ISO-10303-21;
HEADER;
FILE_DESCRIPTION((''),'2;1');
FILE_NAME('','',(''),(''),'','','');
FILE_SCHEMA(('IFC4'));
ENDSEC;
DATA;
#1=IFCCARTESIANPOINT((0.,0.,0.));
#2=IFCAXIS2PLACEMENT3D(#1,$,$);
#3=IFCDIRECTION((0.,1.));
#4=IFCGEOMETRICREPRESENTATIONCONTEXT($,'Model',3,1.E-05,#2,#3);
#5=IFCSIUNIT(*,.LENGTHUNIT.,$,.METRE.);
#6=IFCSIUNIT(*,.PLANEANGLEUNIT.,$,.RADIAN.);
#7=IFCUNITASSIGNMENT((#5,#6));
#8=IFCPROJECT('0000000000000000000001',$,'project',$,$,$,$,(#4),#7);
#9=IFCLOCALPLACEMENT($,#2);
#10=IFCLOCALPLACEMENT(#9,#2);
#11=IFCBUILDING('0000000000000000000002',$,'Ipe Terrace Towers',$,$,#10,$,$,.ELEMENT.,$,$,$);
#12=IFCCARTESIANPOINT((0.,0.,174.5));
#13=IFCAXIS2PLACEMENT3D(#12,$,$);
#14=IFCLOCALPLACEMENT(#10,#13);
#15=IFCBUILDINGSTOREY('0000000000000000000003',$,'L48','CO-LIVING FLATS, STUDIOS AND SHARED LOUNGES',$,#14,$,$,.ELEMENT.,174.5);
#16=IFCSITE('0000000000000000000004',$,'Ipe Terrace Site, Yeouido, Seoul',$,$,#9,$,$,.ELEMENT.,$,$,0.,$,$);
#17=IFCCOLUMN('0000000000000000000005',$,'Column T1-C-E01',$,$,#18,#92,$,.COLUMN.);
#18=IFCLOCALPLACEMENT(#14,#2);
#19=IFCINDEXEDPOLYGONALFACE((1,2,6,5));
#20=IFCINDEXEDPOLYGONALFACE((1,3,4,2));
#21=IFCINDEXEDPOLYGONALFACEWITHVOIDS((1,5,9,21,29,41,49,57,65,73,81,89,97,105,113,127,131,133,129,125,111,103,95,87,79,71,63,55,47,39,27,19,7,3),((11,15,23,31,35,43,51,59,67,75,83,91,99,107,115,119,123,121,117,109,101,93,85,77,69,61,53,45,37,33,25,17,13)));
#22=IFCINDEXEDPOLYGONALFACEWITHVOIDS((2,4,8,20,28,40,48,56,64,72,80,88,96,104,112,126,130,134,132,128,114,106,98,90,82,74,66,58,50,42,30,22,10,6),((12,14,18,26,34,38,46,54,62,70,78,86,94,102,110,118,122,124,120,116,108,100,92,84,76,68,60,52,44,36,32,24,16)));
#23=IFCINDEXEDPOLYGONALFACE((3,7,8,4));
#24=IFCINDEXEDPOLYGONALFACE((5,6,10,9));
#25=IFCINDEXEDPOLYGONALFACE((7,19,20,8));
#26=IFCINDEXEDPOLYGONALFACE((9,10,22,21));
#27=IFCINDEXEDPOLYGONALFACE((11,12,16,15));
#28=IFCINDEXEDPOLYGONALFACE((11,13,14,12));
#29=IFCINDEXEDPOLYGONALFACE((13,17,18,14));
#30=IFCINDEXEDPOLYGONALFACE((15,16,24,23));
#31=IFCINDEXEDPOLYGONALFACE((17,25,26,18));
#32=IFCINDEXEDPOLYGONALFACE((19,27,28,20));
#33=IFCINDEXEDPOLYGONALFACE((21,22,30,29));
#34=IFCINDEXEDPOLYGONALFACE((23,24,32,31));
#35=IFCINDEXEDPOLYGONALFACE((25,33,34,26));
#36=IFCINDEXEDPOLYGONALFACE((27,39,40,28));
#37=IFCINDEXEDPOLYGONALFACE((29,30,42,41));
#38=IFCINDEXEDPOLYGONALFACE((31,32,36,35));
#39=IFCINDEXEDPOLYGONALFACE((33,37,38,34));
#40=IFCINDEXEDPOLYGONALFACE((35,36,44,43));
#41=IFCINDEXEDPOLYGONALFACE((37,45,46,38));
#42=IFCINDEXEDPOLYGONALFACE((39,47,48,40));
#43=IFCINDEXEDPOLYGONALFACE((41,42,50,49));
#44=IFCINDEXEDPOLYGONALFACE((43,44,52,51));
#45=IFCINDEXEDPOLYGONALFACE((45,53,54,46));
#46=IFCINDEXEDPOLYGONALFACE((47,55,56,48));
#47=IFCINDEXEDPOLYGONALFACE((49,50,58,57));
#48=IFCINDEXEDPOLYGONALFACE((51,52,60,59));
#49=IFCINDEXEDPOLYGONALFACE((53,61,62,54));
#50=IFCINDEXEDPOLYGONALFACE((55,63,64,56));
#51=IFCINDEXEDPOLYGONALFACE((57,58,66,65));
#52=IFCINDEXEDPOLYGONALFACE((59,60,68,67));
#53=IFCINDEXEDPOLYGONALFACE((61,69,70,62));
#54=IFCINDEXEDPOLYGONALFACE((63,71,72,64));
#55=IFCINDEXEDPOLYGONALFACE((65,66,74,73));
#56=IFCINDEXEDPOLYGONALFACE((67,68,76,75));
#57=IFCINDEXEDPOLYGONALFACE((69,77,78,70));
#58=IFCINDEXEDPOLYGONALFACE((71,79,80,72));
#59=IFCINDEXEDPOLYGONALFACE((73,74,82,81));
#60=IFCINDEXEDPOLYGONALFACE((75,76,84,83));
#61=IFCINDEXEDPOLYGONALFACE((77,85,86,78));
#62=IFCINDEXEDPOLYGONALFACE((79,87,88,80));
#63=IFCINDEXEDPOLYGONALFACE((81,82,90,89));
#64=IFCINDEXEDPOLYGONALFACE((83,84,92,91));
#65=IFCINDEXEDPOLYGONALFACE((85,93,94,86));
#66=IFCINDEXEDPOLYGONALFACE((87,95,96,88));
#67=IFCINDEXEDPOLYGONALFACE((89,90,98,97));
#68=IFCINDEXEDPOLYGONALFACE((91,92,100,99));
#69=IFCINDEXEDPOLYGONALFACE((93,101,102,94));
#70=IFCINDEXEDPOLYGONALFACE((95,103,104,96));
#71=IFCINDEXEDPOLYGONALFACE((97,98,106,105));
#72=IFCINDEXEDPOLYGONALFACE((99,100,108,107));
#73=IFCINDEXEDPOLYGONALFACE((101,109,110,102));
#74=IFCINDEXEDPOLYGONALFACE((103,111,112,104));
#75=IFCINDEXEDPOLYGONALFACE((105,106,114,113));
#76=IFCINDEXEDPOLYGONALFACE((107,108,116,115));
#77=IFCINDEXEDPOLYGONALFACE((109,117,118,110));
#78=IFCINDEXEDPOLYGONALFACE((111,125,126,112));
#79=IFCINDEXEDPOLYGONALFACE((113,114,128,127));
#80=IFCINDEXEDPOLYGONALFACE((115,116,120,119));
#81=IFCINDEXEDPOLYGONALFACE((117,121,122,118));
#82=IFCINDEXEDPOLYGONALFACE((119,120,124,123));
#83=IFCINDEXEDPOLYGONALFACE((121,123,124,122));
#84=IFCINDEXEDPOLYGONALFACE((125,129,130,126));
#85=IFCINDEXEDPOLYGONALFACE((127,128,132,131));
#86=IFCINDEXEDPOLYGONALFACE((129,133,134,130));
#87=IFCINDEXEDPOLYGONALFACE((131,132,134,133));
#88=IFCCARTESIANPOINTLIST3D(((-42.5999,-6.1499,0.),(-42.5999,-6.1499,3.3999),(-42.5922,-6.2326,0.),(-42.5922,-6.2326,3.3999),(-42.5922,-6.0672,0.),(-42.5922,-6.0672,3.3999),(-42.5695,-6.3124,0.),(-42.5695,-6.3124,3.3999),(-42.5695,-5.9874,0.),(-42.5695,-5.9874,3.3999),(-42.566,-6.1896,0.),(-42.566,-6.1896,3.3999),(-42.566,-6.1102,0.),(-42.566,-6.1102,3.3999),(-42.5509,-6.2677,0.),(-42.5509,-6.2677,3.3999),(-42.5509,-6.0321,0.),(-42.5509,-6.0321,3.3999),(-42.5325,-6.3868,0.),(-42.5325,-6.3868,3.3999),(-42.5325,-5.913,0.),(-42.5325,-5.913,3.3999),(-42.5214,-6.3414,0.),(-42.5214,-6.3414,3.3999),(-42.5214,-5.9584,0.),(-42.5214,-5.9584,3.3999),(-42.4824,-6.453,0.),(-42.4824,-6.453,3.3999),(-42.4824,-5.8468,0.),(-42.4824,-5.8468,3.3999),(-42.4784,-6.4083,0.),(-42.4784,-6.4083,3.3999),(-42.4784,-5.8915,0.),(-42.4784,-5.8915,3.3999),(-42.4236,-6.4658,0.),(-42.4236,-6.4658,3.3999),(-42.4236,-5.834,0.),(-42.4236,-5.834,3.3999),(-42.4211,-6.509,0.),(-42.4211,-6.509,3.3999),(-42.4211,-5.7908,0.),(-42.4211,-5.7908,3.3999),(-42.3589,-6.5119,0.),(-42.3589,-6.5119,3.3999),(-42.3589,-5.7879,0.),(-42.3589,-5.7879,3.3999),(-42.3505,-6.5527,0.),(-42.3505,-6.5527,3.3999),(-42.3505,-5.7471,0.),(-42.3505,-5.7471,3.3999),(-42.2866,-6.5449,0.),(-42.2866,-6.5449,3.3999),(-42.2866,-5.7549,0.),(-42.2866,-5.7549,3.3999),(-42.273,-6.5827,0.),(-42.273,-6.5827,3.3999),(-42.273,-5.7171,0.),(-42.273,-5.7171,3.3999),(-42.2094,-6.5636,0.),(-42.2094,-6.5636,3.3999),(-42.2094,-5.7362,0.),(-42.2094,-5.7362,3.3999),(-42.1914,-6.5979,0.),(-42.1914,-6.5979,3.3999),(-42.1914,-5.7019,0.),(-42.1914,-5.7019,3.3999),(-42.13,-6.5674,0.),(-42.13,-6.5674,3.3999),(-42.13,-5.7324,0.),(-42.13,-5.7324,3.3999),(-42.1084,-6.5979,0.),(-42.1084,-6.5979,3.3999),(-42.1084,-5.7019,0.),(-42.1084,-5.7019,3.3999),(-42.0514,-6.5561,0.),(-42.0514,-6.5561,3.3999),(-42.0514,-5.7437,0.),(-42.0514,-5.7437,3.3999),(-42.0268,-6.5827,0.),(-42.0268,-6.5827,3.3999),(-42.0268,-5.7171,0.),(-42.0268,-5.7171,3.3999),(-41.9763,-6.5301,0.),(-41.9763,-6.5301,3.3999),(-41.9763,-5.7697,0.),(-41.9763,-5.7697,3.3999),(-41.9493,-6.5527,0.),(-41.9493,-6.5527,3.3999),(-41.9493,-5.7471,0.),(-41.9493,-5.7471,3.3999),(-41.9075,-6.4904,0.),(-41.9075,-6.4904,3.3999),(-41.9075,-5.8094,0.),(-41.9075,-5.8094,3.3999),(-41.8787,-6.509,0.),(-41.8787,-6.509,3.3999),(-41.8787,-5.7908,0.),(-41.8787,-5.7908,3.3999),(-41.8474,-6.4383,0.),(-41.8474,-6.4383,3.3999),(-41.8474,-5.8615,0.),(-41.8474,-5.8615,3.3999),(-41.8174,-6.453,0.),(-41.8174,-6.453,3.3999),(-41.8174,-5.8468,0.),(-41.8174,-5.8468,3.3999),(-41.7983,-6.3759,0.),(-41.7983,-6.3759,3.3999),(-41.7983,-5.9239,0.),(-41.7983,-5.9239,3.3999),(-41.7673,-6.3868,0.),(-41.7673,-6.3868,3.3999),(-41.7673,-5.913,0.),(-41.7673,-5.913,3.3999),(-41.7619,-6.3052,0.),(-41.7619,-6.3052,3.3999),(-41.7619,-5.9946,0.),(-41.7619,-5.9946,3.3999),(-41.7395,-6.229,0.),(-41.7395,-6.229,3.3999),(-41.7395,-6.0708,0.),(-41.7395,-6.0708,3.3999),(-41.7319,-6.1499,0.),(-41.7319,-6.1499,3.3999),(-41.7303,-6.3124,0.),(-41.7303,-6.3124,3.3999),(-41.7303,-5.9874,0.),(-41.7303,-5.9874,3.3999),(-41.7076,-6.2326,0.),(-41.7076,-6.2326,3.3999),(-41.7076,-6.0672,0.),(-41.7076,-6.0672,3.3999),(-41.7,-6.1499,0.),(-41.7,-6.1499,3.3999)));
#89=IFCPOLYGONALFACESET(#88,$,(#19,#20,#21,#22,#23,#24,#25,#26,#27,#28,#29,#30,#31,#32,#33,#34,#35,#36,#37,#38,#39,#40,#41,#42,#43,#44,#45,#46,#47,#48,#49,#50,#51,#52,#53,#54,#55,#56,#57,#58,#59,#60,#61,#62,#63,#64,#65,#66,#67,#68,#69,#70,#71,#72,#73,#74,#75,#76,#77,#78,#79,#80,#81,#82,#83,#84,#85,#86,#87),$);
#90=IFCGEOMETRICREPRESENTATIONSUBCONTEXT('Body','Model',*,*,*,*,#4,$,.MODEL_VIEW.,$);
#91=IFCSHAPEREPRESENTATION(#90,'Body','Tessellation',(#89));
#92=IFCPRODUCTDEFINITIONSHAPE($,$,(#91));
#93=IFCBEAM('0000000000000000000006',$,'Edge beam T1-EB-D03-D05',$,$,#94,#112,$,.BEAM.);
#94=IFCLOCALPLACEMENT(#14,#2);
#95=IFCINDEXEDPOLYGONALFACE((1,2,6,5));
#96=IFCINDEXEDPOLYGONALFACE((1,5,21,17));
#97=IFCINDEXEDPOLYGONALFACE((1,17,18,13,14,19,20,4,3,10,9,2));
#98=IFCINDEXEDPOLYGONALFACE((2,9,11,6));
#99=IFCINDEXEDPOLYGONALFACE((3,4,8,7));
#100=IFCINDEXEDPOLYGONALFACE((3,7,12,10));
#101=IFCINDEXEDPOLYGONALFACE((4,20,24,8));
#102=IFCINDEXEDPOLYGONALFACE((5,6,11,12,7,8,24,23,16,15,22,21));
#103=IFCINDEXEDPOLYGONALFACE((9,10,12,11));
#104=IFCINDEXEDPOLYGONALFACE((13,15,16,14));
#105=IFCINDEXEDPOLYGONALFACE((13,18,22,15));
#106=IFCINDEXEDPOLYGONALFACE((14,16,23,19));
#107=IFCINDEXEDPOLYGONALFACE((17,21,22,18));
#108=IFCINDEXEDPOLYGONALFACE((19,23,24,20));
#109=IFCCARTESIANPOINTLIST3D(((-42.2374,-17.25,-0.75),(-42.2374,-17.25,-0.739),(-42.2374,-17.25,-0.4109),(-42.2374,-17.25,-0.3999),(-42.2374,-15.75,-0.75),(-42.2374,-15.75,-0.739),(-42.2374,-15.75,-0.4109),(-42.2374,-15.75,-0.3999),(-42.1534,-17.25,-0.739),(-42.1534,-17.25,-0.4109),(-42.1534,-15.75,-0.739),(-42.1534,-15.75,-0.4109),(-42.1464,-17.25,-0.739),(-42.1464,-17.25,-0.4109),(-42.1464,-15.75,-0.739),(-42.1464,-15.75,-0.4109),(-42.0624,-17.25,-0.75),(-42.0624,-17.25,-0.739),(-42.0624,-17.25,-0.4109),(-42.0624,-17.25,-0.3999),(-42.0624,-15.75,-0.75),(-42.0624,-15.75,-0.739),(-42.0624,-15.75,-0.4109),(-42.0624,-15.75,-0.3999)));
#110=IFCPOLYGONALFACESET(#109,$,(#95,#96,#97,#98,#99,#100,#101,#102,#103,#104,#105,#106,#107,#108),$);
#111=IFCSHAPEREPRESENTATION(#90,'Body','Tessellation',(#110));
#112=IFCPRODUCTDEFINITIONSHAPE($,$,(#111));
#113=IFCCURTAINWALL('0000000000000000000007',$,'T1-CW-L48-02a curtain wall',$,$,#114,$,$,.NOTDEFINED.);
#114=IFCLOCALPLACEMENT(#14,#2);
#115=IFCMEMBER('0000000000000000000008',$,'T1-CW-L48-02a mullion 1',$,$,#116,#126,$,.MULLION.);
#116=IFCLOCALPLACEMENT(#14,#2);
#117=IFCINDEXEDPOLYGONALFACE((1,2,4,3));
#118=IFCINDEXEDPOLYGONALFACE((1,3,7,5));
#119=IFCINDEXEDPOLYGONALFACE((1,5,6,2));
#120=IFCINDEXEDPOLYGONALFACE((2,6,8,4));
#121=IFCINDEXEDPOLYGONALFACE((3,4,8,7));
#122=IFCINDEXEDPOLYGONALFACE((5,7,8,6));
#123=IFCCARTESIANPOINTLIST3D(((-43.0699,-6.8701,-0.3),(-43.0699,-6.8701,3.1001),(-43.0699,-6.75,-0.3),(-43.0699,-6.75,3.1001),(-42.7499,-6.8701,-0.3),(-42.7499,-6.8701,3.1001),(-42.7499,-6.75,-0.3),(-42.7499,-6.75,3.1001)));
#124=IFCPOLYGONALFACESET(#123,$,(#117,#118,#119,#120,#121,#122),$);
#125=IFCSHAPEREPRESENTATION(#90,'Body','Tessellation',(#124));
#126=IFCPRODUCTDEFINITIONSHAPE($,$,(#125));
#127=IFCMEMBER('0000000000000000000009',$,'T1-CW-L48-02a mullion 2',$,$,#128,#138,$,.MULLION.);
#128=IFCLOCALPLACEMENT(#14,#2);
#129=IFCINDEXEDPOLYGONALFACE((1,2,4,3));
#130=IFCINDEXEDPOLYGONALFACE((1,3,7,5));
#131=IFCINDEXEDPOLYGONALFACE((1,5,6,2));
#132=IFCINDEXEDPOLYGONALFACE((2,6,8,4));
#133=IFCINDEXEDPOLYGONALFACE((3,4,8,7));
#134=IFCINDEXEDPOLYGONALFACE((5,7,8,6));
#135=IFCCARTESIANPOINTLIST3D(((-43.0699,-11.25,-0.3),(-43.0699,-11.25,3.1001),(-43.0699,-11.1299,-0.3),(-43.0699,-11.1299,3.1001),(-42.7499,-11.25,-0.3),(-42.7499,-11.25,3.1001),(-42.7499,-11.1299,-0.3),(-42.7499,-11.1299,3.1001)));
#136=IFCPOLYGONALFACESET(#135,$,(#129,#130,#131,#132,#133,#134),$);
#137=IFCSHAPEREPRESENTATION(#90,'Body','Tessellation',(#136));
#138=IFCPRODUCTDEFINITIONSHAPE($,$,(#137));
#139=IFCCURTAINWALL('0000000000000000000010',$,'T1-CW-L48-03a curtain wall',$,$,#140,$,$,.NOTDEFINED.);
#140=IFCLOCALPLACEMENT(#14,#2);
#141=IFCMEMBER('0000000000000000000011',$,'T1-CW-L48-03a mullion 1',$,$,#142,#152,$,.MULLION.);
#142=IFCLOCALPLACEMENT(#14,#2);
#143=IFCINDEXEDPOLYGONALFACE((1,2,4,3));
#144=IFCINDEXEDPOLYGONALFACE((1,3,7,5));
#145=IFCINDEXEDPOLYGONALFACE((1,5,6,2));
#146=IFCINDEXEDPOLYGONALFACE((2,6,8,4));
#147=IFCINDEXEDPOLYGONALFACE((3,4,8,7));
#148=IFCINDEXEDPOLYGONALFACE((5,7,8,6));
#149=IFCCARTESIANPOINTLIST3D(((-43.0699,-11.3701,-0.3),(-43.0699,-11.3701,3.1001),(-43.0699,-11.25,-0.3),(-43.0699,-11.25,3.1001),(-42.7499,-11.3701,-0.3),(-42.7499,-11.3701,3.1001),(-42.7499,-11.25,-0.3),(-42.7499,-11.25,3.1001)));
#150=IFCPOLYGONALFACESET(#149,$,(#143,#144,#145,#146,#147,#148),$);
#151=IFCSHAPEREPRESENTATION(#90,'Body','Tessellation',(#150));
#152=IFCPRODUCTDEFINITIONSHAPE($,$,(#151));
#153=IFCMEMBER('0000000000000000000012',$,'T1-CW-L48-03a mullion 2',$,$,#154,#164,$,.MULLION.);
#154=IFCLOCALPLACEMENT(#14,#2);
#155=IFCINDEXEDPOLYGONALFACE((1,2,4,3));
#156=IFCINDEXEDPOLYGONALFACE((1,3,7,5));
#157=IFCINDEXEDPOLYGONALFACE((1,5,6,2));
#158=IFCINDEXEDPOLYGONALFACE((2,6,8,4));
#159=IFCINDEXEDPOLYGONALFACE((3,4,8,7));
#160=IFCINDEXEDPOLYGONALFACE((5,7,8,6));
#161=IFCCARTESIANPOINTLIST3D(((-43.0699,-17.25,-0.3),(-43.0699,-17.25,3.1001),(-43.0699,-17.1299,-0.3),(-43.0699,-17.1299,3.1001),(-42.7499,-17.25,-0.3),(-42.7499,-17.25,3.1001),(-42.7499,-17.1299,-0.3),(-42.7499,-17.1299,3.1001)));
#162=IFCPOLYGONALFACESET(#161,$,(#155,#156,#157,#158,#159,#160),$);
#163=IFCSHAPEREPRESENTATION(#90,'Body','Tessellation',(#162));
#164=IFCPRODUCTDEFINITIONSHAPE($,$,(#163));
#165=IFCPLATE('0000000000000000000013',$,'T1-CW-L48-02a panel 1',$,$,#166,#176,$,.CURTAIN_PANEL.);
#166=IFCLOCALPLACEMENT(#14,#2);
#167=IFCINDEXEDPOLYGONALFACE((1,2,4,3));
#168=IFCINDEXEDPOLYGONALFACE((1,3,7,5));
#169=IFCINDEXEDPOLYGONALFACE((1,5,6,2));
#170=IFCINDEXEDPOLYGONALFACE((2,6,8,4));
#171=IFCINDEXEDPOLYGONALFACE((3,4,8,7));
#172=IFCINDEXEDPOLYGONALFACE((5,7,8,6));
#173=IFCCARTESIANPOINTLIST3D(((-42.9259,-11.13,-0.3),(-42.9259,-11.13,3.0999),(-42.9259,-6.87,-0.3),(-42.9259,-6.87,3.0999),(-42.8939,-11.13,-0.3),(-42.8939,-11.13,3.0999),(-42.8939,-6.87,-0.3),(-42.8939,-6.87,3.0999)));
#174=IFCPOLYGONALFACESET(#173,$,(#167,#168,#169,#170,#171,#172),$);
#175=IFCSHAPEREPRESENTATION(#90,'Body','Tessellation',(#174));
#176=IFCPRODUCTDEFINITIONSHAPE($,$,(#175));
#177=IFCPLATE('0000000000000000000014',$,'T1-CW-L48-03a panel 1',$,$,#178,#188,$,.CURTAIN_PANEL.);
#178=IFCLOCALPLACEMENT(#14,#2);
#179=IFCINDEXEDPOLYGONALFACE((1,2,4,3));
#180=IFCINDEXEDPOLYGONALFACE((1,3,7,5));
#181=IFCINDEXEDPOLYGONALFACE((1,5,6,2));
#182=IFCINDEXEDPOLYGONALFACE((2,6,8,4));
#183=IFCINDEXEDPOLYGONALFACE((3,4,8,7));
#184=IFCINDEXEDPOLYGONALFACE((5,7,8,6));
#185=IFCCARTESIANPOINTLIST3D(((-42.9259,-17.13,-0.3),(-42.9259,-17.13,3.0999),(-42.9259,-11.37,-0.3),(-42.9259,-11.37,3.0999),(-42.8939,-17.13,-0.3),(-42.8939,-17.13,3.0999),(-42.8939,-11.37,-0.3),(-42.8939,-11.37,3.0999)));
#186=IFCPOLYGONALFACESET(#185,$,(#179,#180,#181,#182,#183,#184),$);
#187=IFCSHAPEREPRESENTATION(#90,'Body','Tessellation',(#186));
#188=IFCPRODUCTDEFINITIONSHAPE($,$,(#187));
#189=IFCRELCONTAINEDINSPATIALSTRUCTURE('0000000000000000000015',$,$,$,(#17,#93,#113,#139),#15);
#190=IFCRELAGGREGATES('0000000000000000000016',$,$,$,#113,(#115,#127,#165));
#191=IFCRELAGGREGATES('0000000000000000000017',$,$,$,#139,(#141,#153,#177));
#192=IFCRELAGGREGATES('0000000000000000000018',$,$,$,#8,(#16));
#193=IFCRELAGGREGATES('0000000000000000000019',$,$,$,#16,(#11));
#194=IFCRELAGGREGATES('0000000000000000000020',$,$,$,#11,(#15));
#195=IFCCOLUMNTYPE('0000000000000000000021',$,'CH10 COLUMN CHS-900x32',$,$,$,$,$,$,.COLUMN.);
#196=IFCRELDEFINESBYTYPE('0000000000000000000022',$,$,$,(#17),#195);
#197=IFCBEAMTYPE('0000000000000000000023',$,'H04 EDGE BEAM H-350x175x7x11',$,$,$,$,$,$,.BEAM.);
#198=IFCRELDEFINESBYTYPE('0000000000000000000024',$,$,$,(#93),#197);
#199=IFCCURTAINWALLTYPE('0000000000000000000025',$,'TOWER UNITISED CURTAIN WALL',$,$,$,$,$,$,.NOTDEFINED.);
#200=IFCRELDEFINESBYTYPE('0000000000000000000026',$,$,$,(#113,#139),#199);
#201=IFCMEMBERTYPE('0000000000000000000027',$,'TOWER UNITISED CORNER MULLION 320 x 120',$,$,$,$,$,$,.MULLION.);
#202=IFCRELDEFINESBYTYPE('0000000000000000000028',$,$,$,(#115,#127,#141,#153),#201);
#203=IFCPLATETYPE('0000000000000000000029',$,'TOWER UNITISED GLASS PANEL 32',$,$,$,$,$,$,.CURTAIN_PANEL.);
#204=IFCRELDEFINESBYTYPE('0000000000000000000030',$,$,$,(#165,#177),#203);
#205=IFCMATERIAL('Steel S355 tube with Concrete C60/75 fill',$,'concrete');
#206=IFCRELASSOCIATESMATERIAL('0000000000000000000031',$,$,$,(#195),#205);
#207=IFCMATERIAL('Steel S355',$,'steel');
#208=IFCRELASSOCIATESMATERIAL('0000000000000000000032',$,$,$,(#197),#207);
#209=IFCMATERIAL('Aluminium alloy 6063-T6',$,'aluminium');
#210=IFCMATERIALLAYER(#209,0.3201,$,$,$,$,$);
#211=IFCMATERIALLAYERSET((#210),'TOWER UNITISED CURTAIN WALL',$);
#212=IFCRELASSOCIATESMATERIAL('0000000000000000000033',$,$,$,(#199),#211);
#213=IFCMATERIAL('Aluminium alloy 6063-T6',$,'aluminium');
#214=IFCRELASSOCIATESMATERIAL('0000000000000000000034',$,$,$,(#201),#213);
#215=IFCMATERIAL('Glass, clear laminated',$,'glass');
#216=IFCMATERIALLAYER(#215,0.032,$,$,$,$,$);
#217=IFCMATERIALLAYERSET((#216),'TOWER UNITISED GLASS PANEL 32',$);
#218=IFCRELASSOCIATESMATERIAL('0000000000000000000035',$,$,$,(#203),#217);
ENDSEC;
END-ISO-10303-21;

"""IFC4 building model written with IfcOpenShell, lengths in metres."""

from ifc_helpers import new_model, si_unit, direction, frame, origin, origin_2d, place, context, subcontext, project, spatial, rectangle, hollow_circle, i_section, extrude, material, layer, layer_set, material_profile, profile_set, type_object, element, aggregate, save


model = new_model("IFC4")

# Units and contexts
model_context = context("Model", 3, precision=1e-05, world=origin(), true_north=direction((0.0, 1.0)))
body_context = subcontext(model_context, "Body", "Model", "MODEL_VIEW")
ifc_project = project(units=[si_unit("LENGTHUNIT", "METRE"), si_unit("PLANEANGLEUNIT", "RADIAN")], contexts=[model_context])

# Site, building, storey
site_placement = place(None, origin())
site = spatial("IfcSite", under=ifc_project, at=site_placement, Name="Ipe Terrace Site, Yeouido, Seoul", CompositionType="ELEMENT", RefElevation=0.0)
building_placement = place(site_placement, origin())
building = spatial("IfcBuilding", under=site, at=building_placement, Name="Ipe Terrace Towers", CompositionType="ELEMENT")
storey_placement = place(building_placement, frame((0.0, 0.0, 174.5)))
storey = spatial("IfcBuildingStorey", under=building, at=storey_placement, Name="L48", Description="CO-LIVING FLATS, STUDIOS AND SHARED LOUNGES", CompositionType="ELEMENT", Elevation=174.5)

# Column
ifc_material_1 = material(Name="Steel S355 tube with Concrete C60/75 fill", Category="concrete")
ifc_material_profile_1 = material_profile(ifc_material_1, hollow_circle(Radius=0.45, WallThickness=0.032, at=origin_2d()), Name="CHS-900x32")
ifc_profile_set_1 = profile_set([ifc_material_profile_1], Name="Steel S355 tube with Concrete C60/75 fill")
column_type_1 = type_object("IfcColumnType", Name="CH10 COLUMN CHS-900x32", PredefinedType="COLUMN", material=ifc_profile_set_1)
column_placement = place(storey_placement, frame((-42.1499, -6.1499, 0.0), z_axis=(0.0, 0.0, 1.0), x_axis=(1.0, 0.0, 0.0)))
element("IfcColumn", 1, at=column_placement, inside=storey, type_object=column_type_1, Name="Column T1-C-E01", PredefinedType="COLUMN", context=body_context, shape_type="SweptSolid", body=[
    extrude(hollow_circle(Radius=0.45, WallThickness=0.032, at=origin_2d()), origin(), (0.0, 0.0, 1.0), 3.3999),
])

# Beam
ifc_material_2 = material(Name="Steel S355", Category="steel")
ifc_material_profile_2 = material_profile(ifc_material_2, i_section(OverallWidth=0.175, OverallDepth=0.3501, WebThickness=0.0071, FlangeThickness=0.011, at=origin_2d()), Name="H-350x175x7x11")
ifc_profile_set_2 = profile_set([ifc_material_profile_2], Name="Steel S355")
beam_type = type_object("IfcBeamType", Name="H04 EDGE BEAM H-350x175x7x11", PredefinedType="BEAM", material=ifc_profile_set_2)
beam_placement = place(storey_placement, frame((-42.1499, -15.75, -0.575), z_axis=(0.0, -1.0, 0.0), x_axis=(1.0, 0.0, 0.0)))
element("IfcBeam", 2, at=beam_placement, inside=storey, type_object=beam_type, Name="Edge beam T1-EB-D03-D05", PredefinedType="BEAM", context=body_context, shape_type="SweptSolid", body=[
    extrude(i_section(OverallWidth=0.175, OverallDepth=0.3501, WebThickness=0.0071, FlangeThickness=0.011, at=origin_2d()), origin(), (0.0, 0.0, 1.0), 1.5),
])

# Curtain walls, members
ifc_material_3 = material(Name="Aluminium alloy 6063-T6", Category="aluminium")
ifc_layer_1 = layer(ifc_material_3, 0.3201)
ifc_layer_set_1 = layer_set([ifc_layer_1], Name="TOWER UNITISED CURTAIN WALL")
curtain_wall_type = type_object("IfcCurtainWallType", Name="TOWER UNITISED CURTAIN WALL", PredefinedType="NOTDEFINED", material=ifc_layer_set_1)
curtain_wall_1_placement = place(storey_placement, origin())
curtain_wall_1 = element("IfcCurtainWall", 3, at=curtain_wall_1_placement, inside=storey, type_object=curtain_wall_type, Name="T1-CW-L48-02a curtain wall", PredefinedType="NOTDEFINED")
ifc_material_4 = material(Name="Aluminium alloy 6063-T6", Category="aluminium")
ifc_material_profile_3 = material_profile(ifc_material_4, rectangle(XDim=0.3201, YDim=0.1201, at=origin_2d()), Name="TOWER UNITISED CORNER MULLION 320 x 120")
ifc_profile_set_3 = profile_set([ifc_material_profile_3], Name="Aluminium alloy 6063-T6")
member_type = type_object("IfcMemberType", Name="TOWER UNITISED CORNER MULLION 320 x 120", PredefinedType="MULLION", material=ifc_profile_set_3)
member_1_placement = place(storey_placement, frame((-42.9099, -6.8101, -0.3), z_axis=(0.0, 0.0, 1.0), x_axis=(-1.0, 0.0, 0.0)))
member_1 = element("IfcMember", 4, at=member_1_placement, type_object=member_type, Name="T1-CW-L48-02a mullion 1", PredefinedType="MULLION", context=body_context, shape_type="SweptSolid", body=[
    extrude(rectangle(XDim=0.3201, YDim=0.1201, at=origin_2d()), origin(), (0.0, 0.0, 1.0), 3.4001),
])
member_2_placement = place(storey_placement, frame((-42.9099, -11.1899, -0.3), z_axis=(0.0, 0.0, 1.0), x_axis=(-1.0, 0.0, 0.0)))
member_2 = element("IfcMember", 5, at=member_2_placement, type_object=member_type, Name="T1-CW-L48-02a mullion 2", PredefinedType="MULLION", context=body_context, shape_type="SweptSolid", body=[
    extrude(rectangle(XDim=0.3201, YDim=0.1201, at=origin_2d()), origin(), (0.0, 0.0, 1.0), 3.4001),
])
curtain_wall_2_placement = place(storey_placement, origin())
curtain_wall_2 = element("IfcCurtainWall", 6, at=curtain_wall_2_placement, inside=storey, type_object=curtain_wall_type, Name="T1-CW-L48-03a curtain wall", PredefinedType="NOTDEFINED")
member_3_placement = place(storey_placement, frame((-42.9099, -11.3101, -0.3), z_axis=(0.0, 0.0, 1.0), x_axis=(-1.0, 0.0, 0.0)))
member_3 = element("IfcMember", 7, at=member_3_placement, type_object=member_type, Name="T1-CW-L48-03a mullion 1", PredefinedType="MULLION", context=body_context, shape_type="SweptSolid", body=[
    extrude(rectangle(XDim=0.3201, YDim=0.1201, at=origin_2d()), origin(), (0.0, 0.0, 1.0), 3.4001),
])
member_4_placement = place(storey_placement, frame((-42.9099, -17.1899, -0.3), z_axis=(0.0, 0.0, 1.0), x_axis=(-1.0, 0.0, 0.0)))
member_4 = element("IfcMember", 8, at=member_4_placement, type_object=member_type, Name="T1-CW-L48-03a mullion 2", PredefinedType="MULLION", context=body_context, shape_type="SweptSolid", body=[
    extrude(rectangle(XDim=0.3201, YDim=0.1201, at=origin_2d()), origin(), (0.0, 0.0, 1.0), 3.4001),
])

# Plates
ifc_material_5 = material(Name="Glass, clear laminated", Category="glass")
ifc_layer_2 = layer(ifc_material_5, 0.032)
ifc_layer_set_2 = layer_set([ifc_layer_2], Name="TOWER UNITISED GLASS PANEL 32")
plate_type = type_object("IfcPlateType", Name="TOWER UNITISED GLASS PANEL 32", PredefinedType="CURTAIN_PANEL", material=ifc_layer_set_2)
plate_1_placement = place(storey_placement, frame((-42.9099, -9.0, -0.3), z_axis=(0.0, 0.0, 1.0), x_axis=(0.0, -1.0, 0.0)))
plate_1 = element("IfcPlate", 9, at=plate_1_placement, type_object=plate_type, Name="T1-CW-L48-02a panel 1", PredefinedType="CURTAIN_PANEL", context=body_context, shape_type="SweptSolid", body=[
    extrude(rectangle(XDim=4.26, YDim=0.032, at=origin_2d()), origin(), (0.0, 0.0, 1.0), 3.3999),
])
aggregate(curtain_wall_1, [member_1, member_2, plate_1])
plate_2_placement = place(storey_placement, frame((-42.9099, -14.25, -0.3), z_axis=(0.0, 0.0, 1.0), x_axis=(0.0, -1.0, 0.0)))
plate_2 = element("IfcPlate", 10, at=plate_2_placement, type_object=plate_type, Name="T1-CW-L48-03a panel 1", PredefinedType="CURTAIN_PANEL", context=body_context, shape_type="SweptSolid", body=[
    extrude(rectangle(XDim=5.76, YDim=0.032, at=origin_2d()), origin(), (0.0, 0.0, 1.0), 3.3999),
])
aggregate(curtain_wall_2, [member_3, member_4, plate_2])

save(model, "model.ifc")
